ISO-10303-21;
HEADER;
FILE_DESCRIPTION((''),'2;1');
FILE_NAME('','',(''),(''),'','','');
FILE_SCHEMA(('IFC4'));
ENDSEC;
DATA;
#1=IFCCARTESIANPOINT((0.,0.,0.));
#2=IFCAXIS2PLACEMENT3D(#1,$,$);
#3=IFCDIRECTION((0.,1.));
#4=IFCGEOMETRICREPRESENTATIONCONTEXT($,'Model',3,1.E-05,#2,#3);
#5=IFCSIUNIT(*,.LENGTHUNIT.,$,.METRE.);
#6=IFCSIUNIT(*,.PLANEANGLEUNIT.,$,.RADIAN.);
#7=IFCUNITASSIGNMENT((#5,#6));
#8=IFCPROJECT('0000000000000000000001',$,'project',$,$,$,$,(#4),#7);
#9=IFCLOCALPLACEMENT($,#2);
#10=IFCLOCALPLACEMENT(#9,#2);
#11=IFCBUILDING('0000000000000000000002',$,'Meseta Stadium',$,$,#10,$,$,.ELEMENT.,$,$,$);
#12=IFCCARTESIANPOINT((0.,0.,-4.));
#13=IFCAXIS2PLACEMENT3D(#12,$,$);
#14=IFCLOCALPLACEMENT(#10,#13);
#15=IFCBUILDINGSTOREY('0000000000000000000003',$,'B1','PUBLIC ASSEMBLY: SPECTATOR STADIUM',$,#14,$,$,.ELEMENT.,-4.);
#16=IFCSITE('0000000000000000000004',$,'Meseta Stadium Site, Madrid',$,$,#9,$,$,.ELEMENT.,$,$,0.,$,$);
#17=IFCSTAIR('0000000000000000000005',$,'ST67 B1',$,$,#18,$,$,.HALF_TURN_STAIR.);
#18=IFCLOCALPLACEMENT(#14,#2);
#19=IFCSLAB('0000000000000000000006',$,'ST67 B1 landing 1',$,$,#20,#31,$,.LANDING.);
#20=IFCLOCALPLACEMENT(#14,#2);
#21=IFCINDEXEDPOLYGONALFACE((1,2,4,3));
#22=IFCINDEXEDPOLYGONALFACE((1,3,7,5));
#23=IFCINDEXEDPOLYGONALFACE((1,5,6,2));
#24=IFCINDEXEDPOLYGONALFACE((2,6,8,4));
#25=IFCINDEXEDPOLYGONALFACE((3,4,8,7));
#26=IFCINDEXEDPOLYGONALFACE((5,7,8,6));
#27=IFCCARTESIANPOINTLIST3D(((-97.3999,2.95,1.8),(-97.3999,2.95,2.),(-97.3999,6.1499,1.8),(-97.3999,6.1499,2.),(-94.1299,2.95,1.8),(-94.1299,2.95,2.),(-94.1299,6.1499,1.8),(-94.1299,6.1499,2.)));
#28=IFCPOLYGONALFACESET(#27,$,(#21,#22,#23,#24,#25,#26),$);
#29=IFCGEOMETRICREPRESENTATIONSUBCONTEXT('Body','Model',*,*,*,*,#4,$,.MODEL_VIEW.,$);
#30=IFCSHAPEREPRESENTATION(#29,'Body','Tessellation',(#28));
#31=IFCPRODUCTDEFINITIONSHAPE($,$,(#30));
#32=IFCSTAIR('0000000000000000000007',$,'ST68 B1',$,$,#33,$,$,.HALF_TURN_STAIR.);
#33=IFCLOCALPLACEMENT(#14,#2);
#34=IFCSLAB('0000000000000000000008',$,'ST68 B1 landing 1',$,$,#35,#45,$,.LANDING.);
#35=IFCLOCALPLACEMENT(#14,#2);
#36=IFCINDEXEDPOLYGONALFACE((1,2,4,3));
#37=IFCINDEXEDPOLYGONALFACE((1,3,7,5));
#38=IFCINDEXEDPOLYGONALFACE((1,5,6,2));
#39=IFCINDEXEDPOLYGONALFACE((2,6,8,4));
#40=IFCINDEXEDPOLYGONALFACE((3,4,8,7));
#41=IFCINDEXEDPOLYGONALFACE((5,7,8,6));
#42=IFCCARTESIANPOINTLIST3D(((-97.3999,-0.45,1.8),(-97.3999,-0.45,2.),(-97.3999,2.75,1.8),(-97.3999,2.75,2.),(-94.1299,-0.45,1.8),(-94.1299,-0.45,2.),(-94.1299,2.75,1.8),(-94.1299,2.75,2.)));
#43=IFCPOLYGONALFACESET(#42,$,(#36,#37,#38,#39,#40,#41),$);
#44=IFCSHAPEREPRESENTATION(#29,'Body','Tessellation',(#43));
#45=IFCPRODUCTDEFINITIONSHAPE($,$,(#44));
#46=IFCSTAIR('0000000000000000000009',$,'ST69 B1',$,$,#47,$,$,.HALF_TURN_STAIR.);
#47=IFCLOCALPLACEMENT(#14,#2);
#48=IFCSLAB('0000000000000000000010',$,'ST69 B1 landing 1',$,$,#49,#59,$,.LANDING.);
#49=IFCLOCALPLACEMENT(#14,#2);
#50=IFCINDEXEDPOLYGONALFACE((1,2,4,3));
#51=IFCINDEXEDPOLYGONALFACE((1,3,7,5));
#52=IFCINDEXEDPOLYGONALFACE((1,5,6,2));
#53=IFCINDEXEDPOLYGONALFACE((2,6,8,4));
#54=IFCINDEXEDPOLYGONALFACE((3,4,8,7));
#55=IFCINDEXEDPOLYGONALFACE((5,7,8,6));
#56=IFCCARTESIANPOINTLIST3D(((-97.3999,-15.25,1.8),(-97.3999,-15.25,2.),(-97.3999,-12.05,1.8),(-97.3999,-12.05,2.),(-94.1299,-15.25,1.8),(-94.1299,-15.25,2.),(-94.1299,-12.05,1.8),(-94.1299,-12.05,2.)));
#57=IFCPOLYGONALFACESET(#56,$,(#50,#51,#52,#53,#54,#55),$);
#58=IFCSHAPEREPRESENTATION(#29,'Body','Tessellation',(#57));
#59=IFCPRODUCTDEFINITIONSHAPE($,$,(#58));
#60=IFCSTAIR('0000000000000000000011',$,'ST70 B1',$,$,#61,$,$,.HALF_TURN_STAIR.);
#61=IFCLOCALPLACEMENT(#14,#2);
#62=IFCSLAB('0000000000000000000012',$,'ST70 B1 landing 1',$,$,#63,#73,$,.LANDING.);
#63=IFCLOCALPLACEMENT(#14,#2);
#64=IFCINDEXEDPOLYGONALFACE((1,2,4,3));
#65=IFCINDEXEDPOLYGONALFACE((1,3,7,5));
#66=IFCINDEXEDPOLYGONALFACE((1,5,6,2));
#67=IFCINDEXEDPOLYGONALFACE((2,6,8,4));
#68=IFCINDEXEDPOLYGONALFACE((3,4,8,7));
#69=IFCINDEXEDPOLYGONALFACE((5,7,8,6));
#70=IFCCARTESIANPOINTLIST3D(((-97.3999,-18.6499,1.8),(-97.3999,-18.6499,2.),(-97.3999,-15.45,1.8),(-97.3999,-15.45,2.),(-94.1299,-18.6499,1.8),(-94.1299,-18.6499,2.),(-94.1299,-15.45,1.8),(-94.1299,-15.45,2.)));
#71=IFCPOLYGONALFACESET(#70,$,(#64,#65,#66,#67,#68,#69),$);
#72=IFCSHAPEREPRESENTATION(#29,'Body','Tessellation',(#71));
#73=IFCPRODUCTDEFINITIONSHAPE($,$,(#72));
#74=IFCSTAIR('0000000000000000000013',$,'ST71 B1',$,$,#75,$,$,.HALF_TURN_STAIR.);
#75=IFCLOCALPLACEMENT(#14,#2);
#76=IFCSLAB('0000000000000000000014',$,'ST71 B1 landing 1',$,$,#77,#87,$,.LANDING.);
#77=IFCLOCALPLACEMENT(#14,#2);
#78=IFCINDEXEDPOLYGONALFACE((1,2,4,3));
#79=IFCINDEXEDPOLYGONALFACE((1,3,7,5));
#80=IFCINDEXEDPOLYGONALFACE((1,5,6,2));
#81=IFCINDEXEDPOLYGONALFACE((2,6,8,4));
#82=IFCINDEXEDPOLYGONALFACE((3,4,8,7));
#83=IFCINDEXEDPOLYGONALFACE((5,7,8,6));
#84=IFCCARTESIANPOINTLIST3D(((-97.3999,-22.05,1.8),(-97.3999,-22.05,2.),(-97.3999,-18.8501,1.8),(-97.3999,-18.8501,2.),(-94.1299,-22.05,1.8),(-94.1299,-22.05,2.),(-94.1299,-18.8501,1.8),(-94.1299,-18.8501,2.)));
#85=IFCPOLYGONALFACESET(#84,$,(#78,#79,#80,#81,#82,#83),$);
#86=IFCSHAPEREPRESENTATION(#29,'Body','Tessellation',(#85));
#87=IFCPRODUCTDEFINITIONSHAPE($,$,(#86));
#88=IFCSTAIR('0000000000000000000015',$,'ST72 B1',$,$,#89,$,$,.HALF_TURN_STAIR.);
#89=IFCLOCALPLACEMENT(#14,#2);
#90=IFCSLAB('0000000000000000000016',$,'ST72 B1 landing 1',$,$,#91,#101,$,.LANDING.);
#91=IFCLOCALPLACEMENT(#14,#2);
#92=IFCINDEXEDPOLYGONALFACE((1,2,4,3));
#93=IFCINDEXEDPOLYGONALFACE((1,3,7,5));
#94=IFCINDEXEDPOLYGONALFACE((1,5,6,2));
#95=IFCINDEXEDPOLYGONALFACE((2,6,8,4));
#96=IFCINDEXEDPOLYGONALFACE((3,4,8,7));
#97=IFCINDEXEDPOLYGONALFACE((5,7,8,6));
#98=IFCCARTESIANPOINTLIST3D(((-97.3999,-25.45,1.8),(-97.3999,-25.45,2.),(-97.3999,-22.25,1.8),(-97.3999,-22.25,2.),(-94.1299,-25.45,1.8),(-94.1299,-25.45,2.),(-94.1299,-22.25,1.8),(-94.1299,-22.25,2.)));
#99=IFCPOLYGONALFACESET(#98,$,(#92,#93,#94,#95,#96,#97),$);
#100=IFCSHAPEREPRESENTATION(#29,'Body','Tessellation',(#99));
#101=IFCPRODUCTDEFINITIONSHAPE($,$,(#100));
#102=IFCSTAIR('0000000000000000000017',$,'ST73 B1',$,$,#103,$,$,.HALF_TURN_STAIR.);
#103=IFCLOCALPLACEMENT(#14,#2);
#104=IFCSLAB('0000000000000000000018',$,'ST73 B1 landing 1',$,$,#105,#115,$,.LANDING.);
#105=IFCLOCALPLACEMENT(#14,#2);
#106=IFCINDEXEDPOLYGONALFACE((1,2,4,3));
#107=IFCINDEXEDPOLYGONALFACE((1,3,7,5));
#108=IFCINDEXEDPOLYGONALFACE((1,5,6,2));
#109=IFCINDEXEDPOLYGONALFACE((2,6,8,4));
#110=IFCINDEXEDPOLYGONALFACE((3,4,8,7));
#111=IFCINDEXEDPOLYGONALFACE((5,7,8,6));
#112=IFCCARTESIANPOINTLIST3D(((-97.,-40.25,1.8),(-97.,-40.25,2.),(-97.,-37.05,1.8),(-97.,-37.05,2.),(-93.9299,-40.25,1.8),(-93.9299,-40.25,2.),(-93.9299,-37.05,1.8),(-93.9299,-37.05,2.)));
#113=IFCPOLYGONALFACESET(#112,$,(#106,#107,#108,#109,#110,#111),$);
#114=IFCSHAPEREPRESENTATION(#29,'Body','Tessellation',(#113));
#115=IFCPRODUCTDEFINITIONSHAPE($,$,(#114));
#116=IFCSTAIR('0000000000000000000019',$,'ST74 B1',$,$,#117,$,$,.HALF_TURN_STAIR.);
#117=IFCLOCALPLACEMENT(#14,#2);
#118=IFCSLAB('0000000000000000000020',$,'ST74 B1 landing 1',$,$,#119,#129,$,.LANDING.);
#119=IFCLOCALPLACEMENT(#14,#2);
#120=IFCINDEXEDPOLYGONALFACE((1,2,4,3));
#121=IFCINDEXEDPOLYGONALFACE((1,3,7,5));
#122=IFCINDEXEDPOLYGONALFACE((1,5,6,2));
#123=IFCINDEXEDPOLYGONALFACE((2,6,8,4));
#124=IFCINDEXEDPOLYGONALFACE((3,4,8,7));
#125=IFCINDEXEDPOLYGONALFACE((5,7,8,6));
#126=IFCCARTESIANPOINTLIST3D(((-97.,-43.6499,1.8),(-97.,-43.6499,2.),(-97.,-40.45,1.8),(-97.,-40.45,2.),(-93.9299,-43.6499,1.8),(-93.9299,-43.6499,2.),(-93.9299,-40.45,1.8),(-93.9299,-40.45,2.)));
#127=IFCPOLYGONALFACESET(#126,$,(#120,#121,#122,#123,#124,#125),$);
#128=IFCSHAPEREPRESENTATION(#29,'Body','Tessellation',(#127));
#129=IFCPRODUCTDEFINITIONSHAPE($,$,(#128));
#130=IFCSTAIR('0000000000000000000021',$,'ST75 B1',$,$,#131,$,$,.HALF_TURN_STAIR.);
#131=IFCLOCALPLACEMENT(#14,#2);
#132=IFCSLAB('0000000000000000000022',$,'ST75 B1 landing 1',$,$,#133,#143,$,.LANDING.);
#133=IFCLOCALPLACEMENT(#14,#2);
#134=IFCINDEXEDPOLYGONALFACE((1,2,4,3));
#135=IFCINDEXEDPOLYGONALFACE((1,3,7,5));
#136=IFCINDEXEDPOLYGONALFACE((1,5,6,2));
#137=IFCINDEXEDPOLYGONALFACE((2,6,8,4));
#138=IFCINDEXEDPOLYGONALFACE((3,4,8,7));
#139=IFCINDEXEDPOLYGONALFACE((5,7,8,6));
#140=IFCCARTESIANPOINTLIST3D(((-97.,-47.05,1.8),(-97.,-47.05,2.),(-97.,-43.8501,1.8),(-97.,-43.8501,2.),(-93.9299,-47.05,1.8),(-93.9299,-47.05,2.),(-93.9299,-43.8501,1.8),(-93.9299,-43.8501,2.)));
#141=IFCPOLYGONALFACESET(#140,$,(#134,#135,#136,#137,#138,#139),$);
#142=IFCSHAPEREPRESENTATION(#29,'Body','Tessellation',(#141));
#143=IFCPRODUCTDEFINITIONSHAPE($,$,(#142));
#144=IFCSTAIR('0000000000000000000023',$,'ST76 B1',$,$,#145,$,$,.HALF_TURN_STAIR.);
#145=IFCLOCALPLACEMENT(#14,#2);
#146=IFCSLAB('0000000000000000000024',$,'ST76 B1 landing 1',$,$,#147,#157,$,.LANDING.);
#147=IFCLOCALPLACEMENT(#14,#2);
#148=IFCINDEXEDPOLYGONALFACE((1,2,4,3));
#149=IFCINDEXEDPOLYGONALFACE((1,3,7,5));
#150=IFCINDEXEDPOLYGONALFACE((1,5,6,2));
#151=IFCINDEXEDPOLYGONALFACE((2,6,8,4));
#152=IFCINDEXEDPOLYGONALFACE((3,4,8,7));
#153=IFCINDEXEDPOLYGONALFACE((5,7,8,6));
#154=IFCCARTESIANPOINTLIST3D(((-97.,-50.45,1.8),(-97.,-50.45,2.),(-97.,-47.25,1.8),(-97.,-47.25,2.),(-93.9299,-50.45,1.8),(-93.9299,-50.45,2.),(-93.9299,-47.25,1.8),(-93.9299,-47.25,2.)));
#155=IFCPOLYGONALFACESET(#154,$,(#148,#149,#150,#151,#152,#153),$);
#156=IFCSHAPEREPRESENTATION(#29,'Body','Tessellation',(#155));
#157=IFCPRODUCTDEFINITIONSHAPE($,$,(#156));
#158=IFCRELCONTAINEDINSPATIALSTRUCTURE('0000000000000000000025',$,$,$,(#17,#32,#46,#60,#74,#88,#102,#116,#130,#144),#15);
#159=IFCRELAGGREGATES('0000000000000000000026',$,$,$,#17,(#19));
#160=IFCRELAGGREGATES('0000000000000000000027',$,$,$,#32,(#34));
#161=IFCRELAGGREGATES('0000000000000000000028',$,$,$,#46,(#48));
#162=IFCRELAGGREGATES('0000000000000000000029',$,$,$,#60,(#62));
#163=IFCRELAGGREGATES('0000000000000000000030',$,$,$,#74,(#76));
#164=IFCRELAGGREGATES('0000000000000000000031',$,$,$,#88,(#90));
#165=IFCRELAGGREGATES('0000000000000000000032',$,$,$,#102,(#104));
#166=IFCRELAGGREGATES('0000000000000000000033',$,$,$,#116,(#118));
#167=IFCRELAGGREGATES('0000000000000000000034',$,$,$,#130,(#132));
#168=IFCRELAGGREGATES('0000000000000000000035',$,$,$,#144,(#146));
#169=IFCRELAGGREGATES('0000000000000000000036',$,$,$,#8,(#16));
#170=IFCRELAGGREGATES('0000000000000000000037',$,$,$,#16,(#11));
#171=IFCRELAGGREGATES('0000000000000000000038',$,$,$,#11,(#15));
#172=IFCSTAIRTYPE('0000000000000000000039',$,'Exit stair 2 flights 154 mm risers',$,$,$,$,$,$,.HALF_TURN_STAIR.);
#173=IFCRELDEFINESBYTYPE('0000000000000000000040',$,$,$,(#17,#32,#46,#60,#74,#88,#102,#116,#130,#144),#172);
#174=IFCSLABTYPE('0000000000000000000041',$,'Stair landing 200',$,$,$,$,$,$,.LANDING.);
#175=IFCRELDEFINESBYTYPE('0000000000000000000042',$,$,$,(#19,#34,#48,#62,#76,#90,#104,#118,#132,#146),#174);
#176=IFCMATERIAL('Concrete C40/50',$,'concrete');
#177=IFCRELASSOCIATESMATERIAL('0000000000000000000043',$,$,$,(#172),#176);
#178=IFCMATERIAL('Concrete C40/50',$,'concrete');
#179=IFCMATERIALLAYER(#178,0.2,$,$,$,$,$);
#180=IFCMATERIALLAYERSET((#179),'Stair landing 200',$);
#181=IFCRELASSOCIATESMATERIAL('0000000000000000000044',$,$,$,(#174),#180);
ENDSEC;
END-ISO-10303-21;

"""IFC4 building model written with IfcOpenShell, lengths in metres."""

from ifc_helpers import new_model, si_unit, direction, frame, origin, place, context, subcontext, project, spatial, polyline, outline, extrude, material, layer, layer_set, type_object, element, aggregate, save


model = new_model("IFC4")

# Units and contexts
model_context = context("Model", 3, precision=1e-05, world=origin(), true_north=direction((0.0, 1.0)))
body_context = subcontext(model_context, "Body", "Model", "MODEL_VIEW")
ifc_project = project(units=[si_unit("LENGTHUNIT", "METRE"), si_unit("PLANEANGLEUNIT", "RADIAN")], contexts=[model_context])

# Site, building, storey
site_placement = place(None, origin())
site = spatial("IfcSite", under=ifc_project, at=site_placement, Name="Meseta Stadium Site, Madrid", CompositionType="ELEMENT", RefElevation=0.0)
building_placement = place(site_placement, origin())
building = spatial("IfcBuilding", under=site, at=building_placement, Name="Meseta Stadium", CompositionType="ELEMENT")
storey_placement = place(building_placement, frame((0.0, 0.0, -4.0)))
storey = spatial("IfcBuildingStorey", under=building, at=storey_placement, Name="B1", Description="PUBLIC ASSEMBLY: SPECTATOR STADIUM", CompositionType="ELEMENT", Elevation=-4.0)

# Stairs, slabs
ifc_material_1 = material(Name="Concrete C40/50", Category="concrete")
stair_type = type_object("IfcStairType", Name="Exit stair 2 flights 154 mm risers", PredefinedType="HALF_TURN_STAIR", material=ifc_material_1)
ifc_material_2 = material(Name="Concrete C40/50", Category="concrete")
ifc_layer = layer(ifc_material_2, 0.2)
ifc_layer_set = layer_set([ifc_layer], Name="Stair landing 200")
slab_type = type_object("IfcSlabType", Name="Stair landing 200", PredefinedType="LANDING", material=ifc_layer_set)
stair_1_placement = place(storey_placement, origin())
stair_1 = element("IfcStair", 1, at=stair_1_placement, inside=storey, type_object=stair_type, Name="ST67 B1", PredefinedType="HALF_TURN_STAIR")
slab_1_placement = place(storey_placement, frame((0.0, 0.0, 1.8)))
slab_1 = element("IfcSlab", 2, at=slab_1_placement, type_object=slab_type, Name="ST67 B1 landing 1", PredefinedType="LANDING", context=body_context, shape_type="SweptSolid", body=[
    extrude(outline(polyline([(-94.1299, 6.1499), (-97.3999, 6.1499), (-97.3999, 2.95), (-94.1299, 2.95), (-94.1299, 6.1499)])), origin(), (0.0, 0.0, 1.0), 0.2),
])
aggregate(stair_1, [slab_1])
stair_2_placement = place(storey_placement, origin())
stair_2 = element("IfcStair", 3, at=stair_2_placement, inside=storey, type_object=stair_type, Name="ST68 B1", PredefinedType="HALF_TURN_STAIR")
slab_2_placement = place(storey_placement, frame((0.0, 0.0, 1.8)))
slab_2 = element("IfcSlab", 4, at=slab_2_placement, type_object=slab_type, Name="ST68 B1 landing 1", PredefinedType="LANDING", context=body_context, shape_type="SweptSolid", body=[
    extrude(outline(polyline([(-94.1299, 2.75), (-97.3999, 2.75), (-97.3999, -0.45), (-94.1299, -0.45), (-94.1299, 2.75)])), origin(), (0.0, 0.0, 1.0), 0.2),
])
aggregate(stair_2, [slab_2])
stair_3_placement = place(storey_placement, origin())
stair_3 = element("IfcStair", 5, at=stair_3_placement, inside=storey, type_object=stair_type, Name="ST69 B1", PredefinedType="HALF_TURN_STAIR")
slab_3_placement = place(storey_placement, frame((0.0, 0.0, 1.8)))
slab_3 = element("IfcSlab", 6, at=slab_3_placement, type_object=slab_type, Name="ST69 B1 landing 1", PredefinedType="LANDING", context=body_context, shape_type="SweptSolid", body=[
    extrude(outline(polyline([(-94.1299, -12.05), (-97.3999, -12.05), (-97.3999, -15.25), (-94.1299, -15.25), (-94.1299, -12.05)])), origin(), (0.0, 0.0, 1.0), 0.2),
])
aggregate(stair_3, [slab_3])
stair_4_placement = place(storey_placement, origin())
stair_4 = element("IfcStair", 7, at=stair_4_placement, inside=storey, type_object=stair_type, Name="ST70 B1", PredefinedType="HALF_TURN_STAIR")
slab_4_placement = place(storey_placement, frame((0.0, 0.0, 1.8)))
slab_4 = element("IfcSlab", 8, at=slab_4_placement, type_object=slab_type, Name="ST70 B1 landing 1", PredefinedType="LANDING", context=body_context, shape_type="SweptSolid", body=[
    extrude(outline(polyline([(-94.1299, -15.45), (-97.3999, -15.45), (-97.3999, -18.6499), (-94.1299, -18.6499), (-94.1299, -15.45)])), origin(), (0.0, 0.0, 1.0), 0.2),
])
aggregate(stair_4, [slab_4])
stair_5_placement = place(storey_placement, origin())
stair_5 = element("IfcStair", 9, at=stair_5_placement, inside=storey, type_object=stair_type, Name="ST71 B1", PredefinedType="HALF_TURN_STAIR")
slab_5_placement = place(storey_placement, frame((0.0, 0.0, 1.8)))
slab_5 = element("IfcSlab", 10, at=slab_5_placement, type_object=slab_type, Name="ST71 B1 landing 1", PredefinedType="LANDING", context=body_context, shape_type="SweptSolid", body=[
    extrude(outline(polyline([(-94.1299, -18.8501), (-97.3999, -18.8501), (-97.3999, -22.05), (-94.1299, -22.05), (-94.1299, -18.8501)])), origin(), (0.0, 0.0, 1.0), 0.2),
])
aggregate(stair_5, [slab_5])
stair_6_placement = place(storey_placement, origin())
stair_6 = element("IfcStair", 11, at=stair_6_placement, inside=storey, type_object=stair_type, Name="ST72 B1", PredefinedType="HALF_TURN_STAIR")
slab_6_placement = place(storey_placement, frame((0.0, 0.0, 1.8)))
slab_6 = element("IfcSlab", 12, at=slab_6_placement, type_object=slab_type, Name="ST72 B1 landing 1", PredefinedType="LANDING", context=body_context, shape_type="SweptSolid", body=[
    extrude(outline(polyline([(-94.1299, -22.25), (-97.3999, -22.25), (-97.3999, -25.45), (-94.1299, -25.45), (-94.1299, -22.25)])), origin(), (0.0, 0.0, 1.0), 0.2),
])
aggregate(stair_6, [slab_6])
stair_7_placement = place(storey_placement, origin())
stair_7 = element("IfcStair", 13, at=stair_7_placement, inside=storey, type_object=stair_type, Name="ST73 B1", PredefinedType="HALF_TURN_STAIR")
slab_7_placement = place(storey_placement, frame((0.0, 0.0, 1.8)))
slab_7 = element("IfcSlab", 14, at=slab_7_placement, type_object=slab_type, Name="ST73 B1 landing 1", PredefinedType="LANDING", context=body_context, shape_type="SweptSolid", body=[
    extrude(outline(polyline([(-93.9299, -37.05), (-97.0, -37.05), (-97.0, -40.25), (-93.9299, -40.25), (-93.9299, -37.05)])), origin(), (0.0, 0.0, 1.0), 0.2),
])
aggregate(stair_7, [slab_7])
stair_8_placement = place(storey_placement, origin())
stair_8 = element("IfcStair", 15, at=stair_8_placement, inside=storey, type_object=stair_type, Name="ST74 B1", PredefinedType="HALF_TURN_STAIR")
slab_8_placement = place(storey_placement, frame((0.0, 0.0, 1.8)))
slab_8 = element("IfcSlab", 16, at=slab_8_placement, type_object=slab_type, Name="ST74 B1 landing 1", PredefinedType="LANDING", context=body_context, shape_type="SweptSolid", body=[
    extrude(outline(polyline([(-93.9299, -40.45), (-97.0, -40.45), (-97.0, -43.6499), (-93.9299, -43.6499), (-93.9299, -40.45)])), origin(), (0.0, 0.0, 1.0), 0.2),
])
aggregate(stair_8, [slab_8])
stair_9_placement = place(storey_placement, origin())
stair_9 = element("IfcStair", 17, at=stair_9_placement, inside=storey, type_object=stair_type, Name="ST75 B1", PredefinedType="HALF_TURN_STAIR")
slab_9_placement = place(storey_placement, frame((0.0, 0.0, 1.8)))
slab_9 = element("IfcSlab", 18, at=slab_9_placement, type_object=slab_type, Name="ST75 B1 landing 1", PredefinedType="LANDING", context=body_context, shape_type="SweptSolid", body=[
    extrude(outline(polyline([(-93.9299, -43.8501), (-97.0, -43.8501), (-97.0, -47.05), (-93.9299, -47.05), (-93.9299, -43.8501)])), origin(), (0.0, 0.0, 1.0), 0.2),
])
aggregate(stair_9, [slab_9])
stair_10_placement = place(storey_placement, origin())
stair_10 = element("IfcStair", 19, at=stair_10_placement, inside=storey, type_object=stair_type, Name="ST76 B1", PredefinedType="HALF_TURN_STAIR")
slab_10_placement = place(storey_placement, frame((0.0, 0.0, 1.8)))
slab_10 = element("IfcSlab", 20, at=slab_10_placement, type_object=slab_type, Name="ST76 B1 landing 1", PredefinedType="LANDING", context=body_context, shape_type="SweptSolid", body=[
    extrude(outline(polyline([(-93.9299, -47.25), (-97.0, -47.25), (-97.0, -50.45), (-93.9299, -50.45), (-93.9299, -47.25)])), origin(), (0.0, 0.0, 1.0), 0.2),
])
aggregate(stair_10, [slab_10])

save(model, "model.ifc")
